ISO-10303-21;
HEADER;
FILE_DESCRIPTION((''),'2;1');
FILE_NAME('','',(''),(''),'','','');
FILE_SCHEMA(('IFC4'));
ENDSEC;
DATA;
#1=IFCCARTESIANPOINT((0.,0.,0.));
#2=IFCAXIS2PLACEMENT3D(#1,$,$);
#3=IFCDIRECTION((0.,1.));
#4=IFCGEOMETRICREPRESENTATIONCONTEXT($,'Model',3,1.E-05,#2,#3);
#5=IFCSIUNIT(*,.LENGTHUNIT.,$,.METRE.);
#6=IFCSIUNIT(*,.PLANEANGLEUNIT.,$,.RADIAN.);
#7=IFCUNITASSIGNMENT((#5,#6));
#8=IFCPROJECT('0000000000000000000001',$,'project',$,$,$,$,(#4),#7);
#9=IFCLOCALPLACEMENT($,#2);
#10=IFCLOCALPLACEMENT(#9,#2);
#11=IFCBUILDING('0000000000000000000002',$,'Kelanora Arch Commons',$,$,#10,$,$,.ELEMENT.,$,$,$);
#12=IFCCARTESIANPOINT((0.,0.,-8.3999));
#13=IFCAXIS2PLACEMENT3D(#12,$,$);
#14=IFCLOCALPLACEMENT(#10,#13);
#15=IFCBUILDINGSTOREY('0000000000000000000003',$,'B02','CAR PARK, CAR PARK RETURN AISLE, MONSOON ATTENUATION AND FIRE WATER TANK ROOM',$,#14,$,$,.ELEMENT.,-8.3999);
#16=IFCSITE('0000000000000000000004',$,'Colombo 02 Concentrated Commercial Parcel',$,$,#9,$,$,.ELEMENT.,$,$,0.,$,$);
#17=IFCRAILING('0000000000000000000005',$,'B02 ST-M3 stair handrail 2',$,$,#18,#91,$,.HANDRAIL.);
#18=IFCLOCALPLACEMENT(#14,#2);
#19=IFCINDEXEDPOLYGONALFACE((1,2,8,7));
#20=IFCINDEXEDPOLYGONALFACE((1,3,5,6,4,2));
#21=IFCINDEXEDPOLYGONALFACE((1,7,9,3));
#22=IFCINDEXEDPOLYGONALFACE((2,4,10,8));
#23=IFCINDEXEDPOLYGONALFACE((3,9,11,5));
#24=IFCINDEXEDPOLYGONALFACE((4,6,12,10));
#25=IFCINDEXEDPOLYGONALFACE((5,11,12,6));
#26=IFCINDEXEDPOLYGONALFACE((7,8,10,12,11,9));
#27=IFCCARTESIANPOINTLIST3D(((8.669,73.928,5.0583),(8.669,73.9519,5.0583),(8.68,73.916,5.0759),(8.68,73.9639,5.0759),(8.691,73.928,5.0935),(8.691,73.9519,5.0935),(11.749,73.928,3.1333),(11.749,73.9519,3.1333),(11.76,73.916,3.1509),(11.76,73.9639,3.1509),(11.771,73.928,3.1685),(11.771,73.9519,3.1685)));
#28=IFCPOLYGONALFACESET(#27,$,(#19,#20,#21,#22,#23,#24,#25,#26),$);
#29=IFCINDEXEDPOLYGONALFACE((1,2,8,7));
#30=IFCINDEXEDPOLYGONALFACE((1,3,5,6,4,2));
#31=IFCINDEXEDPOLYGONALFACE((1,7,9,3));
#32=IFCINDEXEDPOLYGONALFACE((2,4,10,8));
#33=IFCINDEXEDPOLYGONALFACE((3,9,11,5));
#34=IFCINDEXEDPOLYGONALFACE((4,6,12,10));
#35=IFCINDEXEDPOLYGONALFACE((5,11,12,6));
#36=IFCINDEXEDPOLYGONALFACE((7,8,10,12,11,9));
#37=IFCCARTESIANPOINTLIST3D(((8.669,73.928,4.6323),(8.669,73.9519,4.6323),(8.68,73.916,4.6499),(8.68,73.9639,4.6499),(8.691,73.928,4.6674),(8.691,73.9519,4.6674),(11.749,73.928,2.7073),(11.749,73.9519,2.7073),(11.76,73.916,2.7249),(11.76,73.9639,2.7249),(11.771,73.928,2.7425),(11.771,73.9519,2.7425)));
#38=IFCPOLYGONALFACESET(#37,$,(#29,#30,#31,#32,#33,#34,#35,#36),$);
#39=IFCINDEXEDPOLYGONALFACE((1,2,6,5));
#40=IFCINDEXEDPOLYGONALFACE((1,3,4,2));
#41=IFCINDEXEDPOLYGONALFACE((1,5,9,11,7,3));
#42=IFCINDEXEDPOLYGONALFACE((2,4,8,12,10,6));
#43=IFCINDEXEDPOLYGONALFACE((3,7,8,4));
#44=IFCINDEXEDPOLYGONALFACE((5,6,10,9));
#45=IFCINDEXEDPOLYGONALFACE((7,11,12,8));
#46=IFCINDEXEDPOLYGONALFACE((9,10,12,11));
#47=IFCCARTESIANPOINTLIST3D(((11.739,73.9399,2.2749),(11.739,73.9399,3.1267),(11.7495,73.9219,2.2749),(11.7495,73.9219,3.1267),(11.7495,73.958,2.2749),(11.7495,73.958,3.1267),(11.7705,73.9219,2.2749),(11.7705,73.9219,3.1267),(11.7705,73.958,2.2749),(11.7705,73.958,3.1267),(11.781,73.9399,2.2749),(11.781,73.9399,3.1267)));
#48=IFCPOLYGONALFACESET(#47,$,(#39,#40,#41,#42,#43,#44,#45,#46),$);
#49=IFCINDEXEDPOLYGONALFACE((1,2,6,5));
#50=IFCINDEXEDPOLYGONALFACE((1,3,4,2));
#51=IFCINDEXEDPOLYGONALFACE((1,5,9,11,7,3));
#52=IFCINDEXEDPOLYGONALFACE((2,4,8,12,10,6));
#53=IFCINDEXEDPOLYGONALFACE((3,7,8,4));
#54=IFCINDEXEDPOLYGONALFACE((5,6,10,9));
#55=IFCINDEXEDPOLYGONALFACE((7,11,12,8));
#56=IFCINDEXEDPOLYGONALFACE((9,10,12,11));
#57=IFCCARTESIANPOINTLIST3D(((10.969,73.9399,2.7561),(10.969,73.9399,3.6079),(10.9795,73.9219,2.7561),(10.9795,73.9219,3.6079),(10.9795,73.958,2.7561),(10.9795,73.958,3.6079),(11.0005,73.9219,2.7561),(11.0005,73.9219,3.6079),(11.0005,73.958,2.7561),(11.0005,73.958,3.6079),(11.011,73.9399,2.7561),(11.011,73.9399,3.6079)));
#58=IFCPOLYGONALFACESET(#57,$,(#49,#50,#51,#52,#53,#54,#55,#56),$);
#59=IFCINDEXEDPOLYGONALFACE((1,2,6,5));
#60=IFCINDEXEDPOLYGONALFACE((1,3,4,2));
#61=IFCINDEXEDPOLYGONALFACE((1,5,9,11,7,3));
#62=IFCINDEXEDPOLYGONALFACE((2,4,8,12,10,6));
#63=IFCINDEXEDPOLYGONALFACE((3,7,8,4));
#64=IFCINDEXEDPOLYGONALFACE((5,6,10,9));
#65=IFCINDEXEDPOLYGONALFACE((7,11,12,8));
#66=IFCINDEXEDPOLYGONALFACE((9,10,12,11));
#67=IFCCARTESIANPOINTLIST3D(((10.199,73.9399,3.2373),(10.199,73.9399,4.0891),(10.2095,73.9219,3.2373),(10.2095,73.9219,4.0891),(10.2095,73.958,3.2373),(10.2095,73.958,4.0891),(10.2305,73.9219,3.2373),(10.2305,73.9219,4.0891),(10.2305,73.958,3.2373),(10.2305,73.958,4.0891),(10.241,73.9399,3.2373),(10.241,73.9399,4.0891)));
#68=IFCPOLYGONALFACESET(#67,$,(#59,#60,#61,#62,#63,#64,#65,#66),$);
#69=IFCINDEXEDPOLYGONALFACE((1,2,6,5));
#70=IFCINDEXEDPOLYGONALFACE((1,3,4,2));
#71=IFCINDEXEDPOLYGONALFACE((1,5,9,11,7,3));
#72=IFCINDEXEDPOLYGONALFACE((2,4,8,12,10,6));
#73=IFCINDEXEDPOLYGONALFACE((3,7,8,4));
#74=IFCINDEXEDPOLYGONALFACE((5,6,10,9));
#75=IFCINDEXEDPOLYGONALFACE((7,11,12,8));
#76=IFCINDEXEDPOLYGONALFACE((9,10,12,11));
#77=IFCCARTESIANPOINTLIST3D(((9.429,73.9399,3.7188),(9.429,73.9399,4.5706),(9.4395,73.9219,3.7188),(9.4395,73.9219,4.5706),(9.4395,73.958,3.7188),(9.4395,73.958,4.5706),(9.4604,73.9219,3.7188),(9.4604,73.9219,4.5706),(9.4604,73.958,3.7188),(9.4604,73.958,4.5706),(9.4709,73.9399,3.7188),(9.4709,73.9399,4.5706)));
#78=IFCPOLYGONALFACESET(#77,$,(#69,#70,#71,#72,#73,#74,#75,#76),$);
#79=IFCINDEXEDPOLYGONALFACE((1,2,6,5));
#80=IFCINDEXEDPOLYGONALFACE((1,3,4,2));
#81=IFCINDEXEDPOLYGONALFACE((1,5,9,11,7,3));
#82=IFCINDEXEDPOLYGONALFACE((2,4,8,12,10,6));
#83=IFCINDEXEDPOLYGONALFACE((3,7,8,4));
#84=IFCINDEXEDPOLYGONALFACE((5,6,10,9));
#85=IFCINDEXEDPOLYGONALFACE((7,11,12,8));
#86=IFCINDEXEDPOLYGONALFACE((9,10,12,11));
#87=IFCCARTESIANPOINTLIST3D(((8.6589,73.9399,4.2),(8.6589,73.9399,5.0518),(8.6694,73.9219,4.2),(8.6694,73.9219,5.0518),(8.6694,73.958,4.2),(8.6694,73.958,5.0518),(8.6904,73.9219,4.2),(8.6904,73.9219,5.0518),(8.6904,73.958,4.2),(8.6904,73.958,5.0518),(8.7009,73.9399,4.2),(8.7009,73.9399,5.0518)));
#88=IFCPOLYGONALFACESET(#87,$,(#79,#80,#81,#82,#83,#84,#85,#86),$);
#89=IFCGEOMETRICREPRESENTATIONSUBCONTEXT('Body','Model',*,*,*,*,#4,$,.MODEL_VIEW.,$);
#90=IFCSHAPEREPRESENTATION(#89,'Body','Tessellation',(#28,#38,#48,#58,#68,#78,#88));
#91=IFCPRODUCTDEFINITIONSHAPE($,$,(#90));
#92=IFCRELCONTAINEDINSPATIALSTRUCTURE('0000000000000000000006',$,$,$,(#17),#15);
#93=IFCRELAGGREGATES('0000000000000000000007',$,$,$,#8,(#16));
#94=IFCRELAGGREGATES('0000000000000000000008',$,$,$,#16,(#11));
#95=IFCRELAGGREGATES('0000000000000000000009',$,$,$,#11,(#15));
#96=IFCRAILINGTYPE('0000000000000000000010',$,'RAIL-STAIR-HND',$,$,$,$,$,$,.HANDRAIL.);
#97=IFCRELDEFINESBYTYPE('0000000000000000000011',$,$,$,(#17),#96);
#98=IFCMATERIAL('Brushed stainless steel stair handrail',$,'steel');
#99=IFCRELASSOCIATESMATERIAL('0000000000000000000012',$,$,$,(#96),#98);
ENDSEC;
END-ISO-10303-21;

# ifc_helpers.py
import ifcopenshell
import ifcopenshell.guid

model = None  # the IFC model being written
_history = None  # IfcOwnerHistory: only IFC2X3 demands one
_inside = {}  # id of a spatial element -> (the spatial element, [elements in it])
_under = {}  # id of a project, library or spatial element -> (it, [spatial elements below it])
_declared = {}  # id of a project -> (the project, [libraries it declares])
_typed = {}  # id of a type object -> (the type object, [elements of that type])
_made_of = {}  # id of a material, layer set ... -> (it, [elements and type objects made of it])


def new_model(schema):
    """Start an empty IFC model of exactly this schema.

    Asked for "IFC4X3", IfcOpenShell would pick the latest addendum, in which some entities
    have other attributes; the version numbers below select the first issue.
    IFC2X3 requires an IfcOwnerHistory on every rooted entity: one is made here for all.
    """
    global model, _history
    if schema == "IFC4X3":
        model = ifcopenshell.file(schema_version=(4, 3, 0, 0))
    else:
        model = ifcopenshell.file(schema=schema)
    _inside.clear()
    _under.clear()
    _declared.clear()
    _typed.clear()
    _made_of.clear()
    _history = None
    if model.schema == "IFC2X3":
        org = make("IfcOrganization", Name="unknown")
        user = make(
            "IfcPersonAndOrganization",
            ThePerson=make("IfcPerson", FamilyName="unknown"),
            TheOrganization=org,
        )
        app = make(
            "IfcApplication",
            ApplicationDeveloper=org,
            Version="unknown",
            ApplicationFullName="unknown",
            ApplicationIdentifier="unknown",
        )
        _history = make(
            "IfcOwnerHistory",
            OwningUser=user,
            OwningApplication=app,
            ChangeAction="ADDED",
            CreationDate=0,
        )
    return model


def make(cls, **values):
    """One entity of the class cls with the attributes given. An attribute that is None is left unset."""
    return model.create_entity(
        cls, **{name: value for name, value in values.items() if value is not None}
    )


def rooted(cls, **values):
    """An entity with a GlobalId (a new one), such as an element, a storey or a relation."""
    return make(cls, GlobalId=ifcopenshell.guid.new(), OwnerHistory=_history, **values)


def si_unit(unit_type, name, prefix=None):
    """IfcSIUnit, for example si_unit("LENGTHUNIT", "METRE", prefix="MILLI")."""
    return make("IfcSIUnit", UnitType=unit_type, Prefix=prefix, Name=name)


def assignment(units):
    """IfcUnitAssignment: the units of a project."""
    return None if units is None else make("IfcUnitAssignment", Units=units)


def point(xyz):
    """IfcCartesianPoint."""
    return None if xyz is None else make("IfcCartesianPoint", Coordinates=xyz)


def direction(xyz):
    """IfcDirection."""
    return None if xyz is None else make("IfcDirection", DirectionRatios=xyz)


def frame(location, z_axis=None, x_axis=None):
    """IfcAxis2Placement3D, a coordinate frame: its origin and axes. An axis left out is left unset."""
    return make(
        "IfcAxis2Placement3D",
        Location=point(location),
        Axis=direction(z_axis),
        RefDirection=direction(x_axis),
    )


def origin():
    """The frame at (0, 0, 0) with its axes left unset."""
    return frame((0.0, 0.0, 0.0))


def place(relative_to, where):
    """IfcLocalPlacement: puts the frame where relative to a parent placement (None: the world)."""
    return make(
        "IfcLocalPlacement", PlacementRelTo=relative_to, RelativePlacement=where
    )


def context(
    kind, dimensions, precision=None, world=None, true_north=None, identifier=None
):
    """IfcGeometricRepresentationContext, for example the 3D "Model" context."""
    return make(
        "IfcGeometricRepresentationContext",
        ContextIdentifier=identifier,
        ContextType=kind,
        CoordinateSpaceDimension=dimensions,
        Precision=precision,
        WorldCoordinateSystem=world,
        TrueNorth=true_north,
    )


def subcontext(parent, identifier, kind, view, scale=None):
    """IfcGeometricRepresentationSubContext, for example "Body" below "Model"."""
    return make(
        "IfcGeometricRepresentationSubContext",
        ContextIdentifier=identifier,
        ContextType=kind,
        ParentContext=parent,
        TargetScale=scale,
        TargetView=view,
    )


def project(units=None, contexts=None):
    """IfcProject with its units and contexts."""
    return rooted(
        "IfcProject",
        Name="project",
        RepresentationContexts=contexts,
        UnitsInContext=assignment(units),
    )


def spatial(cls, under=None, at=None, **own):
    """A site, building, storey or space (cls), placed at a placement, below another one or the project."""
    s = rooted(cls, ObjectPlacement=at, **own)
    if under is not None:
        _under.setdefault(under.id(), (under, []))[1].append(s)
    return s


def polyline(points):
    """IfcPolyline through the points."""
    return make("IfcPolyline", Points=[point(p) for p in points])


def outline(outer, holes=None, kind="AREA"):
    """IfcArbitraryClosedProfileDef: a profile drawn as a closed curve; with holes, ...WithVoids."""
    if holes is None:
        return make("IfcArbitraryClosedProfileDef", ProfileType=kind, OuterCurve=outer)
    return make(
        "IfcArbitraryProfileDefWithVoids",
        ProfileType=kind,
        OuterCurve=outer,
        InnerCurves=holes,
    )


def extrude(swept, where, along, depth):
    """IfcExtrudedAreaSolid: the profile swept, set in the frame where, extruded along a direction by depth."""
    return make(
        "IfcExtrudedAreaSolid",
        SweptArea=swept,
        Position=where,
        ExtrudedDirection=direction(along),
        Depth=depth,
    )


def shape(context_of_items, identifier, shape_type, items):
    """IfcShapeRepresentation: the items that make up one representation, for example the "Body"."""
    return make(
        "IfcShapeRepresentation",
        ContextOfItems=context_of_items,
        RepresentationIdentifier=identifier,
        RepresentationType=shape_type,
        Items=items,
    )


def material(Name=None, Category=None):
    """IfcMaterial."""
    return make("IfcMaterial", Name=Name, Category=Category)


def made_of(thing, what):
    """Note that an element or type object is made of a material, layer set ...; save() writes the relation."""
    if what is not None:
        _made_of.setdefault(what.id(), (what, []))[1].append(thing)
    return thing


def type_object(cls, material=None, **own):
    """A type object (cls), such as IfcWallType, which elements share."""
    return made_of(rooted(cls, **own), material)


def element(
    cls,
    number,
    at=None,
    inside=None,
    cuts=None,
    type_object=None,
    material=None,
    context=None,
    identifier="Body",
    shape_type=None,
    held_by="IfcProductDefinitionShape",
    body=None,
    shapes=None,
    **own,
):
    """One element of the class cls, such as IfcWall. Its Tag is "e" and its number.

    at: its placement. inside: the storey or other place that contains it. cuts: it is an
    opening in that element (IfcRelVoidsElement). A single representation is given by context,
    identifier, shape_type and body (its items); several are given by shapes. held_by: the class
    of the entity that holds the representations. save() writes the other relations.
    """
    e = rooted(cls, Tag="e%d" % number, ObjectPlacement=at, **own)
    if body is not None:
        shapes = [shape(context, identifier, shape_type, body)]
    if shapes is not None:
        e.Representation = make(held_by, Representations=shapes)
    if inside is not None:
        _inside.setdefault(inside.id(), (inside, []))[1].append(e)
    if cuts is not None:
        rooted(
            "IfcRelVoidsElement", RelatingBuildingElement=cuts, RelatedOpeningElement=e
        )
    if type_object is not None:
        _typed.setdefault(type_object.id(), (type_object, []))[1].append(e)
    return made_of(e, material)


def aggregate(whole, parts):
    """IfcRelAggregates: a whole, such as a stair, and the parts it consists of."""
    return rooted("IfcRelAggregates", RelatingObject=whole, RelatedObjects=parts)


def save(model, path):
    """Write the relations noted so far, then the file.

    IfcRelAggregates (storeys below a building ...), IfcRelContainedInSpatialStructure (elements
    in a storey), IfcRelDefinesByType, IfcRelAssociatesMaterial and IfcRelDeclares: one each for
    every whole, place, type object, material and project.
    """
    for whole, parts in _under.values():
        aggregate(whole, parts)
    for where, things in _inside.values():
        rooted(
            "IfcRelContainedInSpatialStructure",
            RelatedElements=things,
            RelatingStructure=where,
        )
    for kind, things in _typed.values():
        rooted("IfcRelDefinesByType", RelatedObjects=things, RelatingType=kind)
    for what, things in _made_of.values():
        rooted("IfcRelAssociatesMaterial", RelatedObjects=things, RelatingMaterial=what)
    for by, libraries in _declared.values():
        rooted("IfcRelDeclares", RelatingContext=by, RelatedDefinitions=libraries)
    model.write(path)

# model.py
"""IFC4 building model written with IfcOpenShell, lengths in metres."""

from ifc_helpers import new_model, si_unit, direction, frame, origin, place, context, subcontext, project, spatial, polyline, outline, extrude, material, type_object, element, save


model = new_model("IFC4")

# Units and contexts
model_context = context("Model", 3, precision=1e-05, world=origin(), true_north=direction((0.0, 1.0)))
body_context = subcontext(model_context, "Body", "Model", "MODEL_VIEW")
ifc_project = project(units=[si_unit("LENGTHUNIT", "METRE"), si_unit("PLANEANGLEUNIT", "RADIAN")], contexts=[model_context])

# Site, building, storey
site_placement = place(None, origin())
site = spatial("IfcSite", under=ifc_project, at=site_placement, Name="Colombo 02 Concentrated Commercial Parcel", CompositionType="ELEMENT", RefElevation=0.0)
building_placement = place(site_placement, origin())
building = spatial("IfcBuilding", under=site, at=building_placement, Name="Kelanora Arch Commons", CompositionType="ELEMENT")
storey_placement = place(building_placement, frame((0.0, 0.0, -8.3999)))
storey = spatial("IfcBuildingStorey", under=building, at=storey_placement, Name="B02", Description="CAR PARK, CAR PARK RETURN AISLE, MONSOON ATTENUATION AND FIRE WATER TANK ROOM", CompositionType="ELEMENT", Elevation=-8.3999)

# Railing
ifc_material_1 = material(Name="Brushed stainless steel stair handrail", Category="steel")
railing_type_1 = type_object("IfcRailingType", Name="RAIL-STAIR-HND", PredefinedType="HANDRAIL", material=ifc_material_1)
railing_1_placement = place(storey_placement, frame((11.76, 73.9399, 2.2749)))
element("IfcRailing", 1, at=railing_1_placement, inside=storey, type_object=railing_type_1, Name="B02 ST-M3 stair handrail 2", PredefinedType="HANDRAIL", context=body_context, shape_type="SweptSolid", body=[
    extrude(outline(polyline([(0.0239, 0.0), (0.012, 0.0208), (-0.012, 0.0208), (-0.0239, 0.0), (-0.012, -0.0208), (0.012, -0.0208), (0.0239, 0.0)])), frame((0.0, 0.0, 0.876), z_axis=(-0.847998, 0.0, 0.529999), x_axis=(0.0, -1.0, 0.0)), (0.0, 0.0, 1.0), 3.6321),
    extrude(outline(polyline([(0.0239, 0.0), (0.012, 0.0208), (-0.012, 0.0208), (-0.0239, 0.0), (-0.012, -0.0208), (0.012, -0.0208), (0.0239, 0.0)])), frame((0.0, 0.0, 0.45), z_axis=(-0.847998, 0.0, 0.529999), x_axis=(0.0, -1.0, 0.0)), (0.0, 0.0, 1.0), 3.6321),
    extrude(outline(polyline([(0.021, 0.0), (0.0105, 0.0181), (-0.0105, 0.0181), (-0.021, 0.0), (-0.0105, -0.0181), (0.0105, -0.0181), (0.021, 0.0)])), origin(), (0.0, 0.0, 1.0), 0.8518),
    extrude(outline(polyline([(0.021, 0.0), (0.0105, 0.0181), (-0.0105, 0.0181), (-0.021, 0.0), (-0.0105, -0.0181), (0.0105, -0.0181), (0.021, 0.0)])), frame((-0.77, 0.0, 0.4812)), (0.0, 0.0, 1.0), 0.8518),
    extrude(outline(polyline([(0.021, 0.0), (0.0105, 0.0181), (-0.0105, 0.0181), (-0.021, 0.0), (-0.0105, -0.0181), (0.0105, -0.0181), (0.021, 0.0)])), frame((-1.54, 0.0, 0.9624)), (0.0, 0.0, 1.0), 0.8518),
    extrude(outline(polyline([(0.021, 0.0), (0.0105, 0.0181), (-0.0105, 0.0181), (-0.021, 0.0), (-0.0105, -0.0181), (0.0105, -0.0181), (0.021, 0.0)])), frame((-2.3101, 0.0, 1.4438)), (0.0, 0.0, 1.0), 0.8518),
    extrude(outline(polyline([(0.021, 0.0), (0.0105, 0.0181), (-0.0105, 0.0181), (-0.021, 0.0), (-0.0105, -0.0181), (0.0105, -0.0181), (0.021, 0.0)])), frame((-3.0801, 0.0, 1.925)), (0.0, 0.0, 1.0), 0.8518),
])

save(model, "model.ifc")
